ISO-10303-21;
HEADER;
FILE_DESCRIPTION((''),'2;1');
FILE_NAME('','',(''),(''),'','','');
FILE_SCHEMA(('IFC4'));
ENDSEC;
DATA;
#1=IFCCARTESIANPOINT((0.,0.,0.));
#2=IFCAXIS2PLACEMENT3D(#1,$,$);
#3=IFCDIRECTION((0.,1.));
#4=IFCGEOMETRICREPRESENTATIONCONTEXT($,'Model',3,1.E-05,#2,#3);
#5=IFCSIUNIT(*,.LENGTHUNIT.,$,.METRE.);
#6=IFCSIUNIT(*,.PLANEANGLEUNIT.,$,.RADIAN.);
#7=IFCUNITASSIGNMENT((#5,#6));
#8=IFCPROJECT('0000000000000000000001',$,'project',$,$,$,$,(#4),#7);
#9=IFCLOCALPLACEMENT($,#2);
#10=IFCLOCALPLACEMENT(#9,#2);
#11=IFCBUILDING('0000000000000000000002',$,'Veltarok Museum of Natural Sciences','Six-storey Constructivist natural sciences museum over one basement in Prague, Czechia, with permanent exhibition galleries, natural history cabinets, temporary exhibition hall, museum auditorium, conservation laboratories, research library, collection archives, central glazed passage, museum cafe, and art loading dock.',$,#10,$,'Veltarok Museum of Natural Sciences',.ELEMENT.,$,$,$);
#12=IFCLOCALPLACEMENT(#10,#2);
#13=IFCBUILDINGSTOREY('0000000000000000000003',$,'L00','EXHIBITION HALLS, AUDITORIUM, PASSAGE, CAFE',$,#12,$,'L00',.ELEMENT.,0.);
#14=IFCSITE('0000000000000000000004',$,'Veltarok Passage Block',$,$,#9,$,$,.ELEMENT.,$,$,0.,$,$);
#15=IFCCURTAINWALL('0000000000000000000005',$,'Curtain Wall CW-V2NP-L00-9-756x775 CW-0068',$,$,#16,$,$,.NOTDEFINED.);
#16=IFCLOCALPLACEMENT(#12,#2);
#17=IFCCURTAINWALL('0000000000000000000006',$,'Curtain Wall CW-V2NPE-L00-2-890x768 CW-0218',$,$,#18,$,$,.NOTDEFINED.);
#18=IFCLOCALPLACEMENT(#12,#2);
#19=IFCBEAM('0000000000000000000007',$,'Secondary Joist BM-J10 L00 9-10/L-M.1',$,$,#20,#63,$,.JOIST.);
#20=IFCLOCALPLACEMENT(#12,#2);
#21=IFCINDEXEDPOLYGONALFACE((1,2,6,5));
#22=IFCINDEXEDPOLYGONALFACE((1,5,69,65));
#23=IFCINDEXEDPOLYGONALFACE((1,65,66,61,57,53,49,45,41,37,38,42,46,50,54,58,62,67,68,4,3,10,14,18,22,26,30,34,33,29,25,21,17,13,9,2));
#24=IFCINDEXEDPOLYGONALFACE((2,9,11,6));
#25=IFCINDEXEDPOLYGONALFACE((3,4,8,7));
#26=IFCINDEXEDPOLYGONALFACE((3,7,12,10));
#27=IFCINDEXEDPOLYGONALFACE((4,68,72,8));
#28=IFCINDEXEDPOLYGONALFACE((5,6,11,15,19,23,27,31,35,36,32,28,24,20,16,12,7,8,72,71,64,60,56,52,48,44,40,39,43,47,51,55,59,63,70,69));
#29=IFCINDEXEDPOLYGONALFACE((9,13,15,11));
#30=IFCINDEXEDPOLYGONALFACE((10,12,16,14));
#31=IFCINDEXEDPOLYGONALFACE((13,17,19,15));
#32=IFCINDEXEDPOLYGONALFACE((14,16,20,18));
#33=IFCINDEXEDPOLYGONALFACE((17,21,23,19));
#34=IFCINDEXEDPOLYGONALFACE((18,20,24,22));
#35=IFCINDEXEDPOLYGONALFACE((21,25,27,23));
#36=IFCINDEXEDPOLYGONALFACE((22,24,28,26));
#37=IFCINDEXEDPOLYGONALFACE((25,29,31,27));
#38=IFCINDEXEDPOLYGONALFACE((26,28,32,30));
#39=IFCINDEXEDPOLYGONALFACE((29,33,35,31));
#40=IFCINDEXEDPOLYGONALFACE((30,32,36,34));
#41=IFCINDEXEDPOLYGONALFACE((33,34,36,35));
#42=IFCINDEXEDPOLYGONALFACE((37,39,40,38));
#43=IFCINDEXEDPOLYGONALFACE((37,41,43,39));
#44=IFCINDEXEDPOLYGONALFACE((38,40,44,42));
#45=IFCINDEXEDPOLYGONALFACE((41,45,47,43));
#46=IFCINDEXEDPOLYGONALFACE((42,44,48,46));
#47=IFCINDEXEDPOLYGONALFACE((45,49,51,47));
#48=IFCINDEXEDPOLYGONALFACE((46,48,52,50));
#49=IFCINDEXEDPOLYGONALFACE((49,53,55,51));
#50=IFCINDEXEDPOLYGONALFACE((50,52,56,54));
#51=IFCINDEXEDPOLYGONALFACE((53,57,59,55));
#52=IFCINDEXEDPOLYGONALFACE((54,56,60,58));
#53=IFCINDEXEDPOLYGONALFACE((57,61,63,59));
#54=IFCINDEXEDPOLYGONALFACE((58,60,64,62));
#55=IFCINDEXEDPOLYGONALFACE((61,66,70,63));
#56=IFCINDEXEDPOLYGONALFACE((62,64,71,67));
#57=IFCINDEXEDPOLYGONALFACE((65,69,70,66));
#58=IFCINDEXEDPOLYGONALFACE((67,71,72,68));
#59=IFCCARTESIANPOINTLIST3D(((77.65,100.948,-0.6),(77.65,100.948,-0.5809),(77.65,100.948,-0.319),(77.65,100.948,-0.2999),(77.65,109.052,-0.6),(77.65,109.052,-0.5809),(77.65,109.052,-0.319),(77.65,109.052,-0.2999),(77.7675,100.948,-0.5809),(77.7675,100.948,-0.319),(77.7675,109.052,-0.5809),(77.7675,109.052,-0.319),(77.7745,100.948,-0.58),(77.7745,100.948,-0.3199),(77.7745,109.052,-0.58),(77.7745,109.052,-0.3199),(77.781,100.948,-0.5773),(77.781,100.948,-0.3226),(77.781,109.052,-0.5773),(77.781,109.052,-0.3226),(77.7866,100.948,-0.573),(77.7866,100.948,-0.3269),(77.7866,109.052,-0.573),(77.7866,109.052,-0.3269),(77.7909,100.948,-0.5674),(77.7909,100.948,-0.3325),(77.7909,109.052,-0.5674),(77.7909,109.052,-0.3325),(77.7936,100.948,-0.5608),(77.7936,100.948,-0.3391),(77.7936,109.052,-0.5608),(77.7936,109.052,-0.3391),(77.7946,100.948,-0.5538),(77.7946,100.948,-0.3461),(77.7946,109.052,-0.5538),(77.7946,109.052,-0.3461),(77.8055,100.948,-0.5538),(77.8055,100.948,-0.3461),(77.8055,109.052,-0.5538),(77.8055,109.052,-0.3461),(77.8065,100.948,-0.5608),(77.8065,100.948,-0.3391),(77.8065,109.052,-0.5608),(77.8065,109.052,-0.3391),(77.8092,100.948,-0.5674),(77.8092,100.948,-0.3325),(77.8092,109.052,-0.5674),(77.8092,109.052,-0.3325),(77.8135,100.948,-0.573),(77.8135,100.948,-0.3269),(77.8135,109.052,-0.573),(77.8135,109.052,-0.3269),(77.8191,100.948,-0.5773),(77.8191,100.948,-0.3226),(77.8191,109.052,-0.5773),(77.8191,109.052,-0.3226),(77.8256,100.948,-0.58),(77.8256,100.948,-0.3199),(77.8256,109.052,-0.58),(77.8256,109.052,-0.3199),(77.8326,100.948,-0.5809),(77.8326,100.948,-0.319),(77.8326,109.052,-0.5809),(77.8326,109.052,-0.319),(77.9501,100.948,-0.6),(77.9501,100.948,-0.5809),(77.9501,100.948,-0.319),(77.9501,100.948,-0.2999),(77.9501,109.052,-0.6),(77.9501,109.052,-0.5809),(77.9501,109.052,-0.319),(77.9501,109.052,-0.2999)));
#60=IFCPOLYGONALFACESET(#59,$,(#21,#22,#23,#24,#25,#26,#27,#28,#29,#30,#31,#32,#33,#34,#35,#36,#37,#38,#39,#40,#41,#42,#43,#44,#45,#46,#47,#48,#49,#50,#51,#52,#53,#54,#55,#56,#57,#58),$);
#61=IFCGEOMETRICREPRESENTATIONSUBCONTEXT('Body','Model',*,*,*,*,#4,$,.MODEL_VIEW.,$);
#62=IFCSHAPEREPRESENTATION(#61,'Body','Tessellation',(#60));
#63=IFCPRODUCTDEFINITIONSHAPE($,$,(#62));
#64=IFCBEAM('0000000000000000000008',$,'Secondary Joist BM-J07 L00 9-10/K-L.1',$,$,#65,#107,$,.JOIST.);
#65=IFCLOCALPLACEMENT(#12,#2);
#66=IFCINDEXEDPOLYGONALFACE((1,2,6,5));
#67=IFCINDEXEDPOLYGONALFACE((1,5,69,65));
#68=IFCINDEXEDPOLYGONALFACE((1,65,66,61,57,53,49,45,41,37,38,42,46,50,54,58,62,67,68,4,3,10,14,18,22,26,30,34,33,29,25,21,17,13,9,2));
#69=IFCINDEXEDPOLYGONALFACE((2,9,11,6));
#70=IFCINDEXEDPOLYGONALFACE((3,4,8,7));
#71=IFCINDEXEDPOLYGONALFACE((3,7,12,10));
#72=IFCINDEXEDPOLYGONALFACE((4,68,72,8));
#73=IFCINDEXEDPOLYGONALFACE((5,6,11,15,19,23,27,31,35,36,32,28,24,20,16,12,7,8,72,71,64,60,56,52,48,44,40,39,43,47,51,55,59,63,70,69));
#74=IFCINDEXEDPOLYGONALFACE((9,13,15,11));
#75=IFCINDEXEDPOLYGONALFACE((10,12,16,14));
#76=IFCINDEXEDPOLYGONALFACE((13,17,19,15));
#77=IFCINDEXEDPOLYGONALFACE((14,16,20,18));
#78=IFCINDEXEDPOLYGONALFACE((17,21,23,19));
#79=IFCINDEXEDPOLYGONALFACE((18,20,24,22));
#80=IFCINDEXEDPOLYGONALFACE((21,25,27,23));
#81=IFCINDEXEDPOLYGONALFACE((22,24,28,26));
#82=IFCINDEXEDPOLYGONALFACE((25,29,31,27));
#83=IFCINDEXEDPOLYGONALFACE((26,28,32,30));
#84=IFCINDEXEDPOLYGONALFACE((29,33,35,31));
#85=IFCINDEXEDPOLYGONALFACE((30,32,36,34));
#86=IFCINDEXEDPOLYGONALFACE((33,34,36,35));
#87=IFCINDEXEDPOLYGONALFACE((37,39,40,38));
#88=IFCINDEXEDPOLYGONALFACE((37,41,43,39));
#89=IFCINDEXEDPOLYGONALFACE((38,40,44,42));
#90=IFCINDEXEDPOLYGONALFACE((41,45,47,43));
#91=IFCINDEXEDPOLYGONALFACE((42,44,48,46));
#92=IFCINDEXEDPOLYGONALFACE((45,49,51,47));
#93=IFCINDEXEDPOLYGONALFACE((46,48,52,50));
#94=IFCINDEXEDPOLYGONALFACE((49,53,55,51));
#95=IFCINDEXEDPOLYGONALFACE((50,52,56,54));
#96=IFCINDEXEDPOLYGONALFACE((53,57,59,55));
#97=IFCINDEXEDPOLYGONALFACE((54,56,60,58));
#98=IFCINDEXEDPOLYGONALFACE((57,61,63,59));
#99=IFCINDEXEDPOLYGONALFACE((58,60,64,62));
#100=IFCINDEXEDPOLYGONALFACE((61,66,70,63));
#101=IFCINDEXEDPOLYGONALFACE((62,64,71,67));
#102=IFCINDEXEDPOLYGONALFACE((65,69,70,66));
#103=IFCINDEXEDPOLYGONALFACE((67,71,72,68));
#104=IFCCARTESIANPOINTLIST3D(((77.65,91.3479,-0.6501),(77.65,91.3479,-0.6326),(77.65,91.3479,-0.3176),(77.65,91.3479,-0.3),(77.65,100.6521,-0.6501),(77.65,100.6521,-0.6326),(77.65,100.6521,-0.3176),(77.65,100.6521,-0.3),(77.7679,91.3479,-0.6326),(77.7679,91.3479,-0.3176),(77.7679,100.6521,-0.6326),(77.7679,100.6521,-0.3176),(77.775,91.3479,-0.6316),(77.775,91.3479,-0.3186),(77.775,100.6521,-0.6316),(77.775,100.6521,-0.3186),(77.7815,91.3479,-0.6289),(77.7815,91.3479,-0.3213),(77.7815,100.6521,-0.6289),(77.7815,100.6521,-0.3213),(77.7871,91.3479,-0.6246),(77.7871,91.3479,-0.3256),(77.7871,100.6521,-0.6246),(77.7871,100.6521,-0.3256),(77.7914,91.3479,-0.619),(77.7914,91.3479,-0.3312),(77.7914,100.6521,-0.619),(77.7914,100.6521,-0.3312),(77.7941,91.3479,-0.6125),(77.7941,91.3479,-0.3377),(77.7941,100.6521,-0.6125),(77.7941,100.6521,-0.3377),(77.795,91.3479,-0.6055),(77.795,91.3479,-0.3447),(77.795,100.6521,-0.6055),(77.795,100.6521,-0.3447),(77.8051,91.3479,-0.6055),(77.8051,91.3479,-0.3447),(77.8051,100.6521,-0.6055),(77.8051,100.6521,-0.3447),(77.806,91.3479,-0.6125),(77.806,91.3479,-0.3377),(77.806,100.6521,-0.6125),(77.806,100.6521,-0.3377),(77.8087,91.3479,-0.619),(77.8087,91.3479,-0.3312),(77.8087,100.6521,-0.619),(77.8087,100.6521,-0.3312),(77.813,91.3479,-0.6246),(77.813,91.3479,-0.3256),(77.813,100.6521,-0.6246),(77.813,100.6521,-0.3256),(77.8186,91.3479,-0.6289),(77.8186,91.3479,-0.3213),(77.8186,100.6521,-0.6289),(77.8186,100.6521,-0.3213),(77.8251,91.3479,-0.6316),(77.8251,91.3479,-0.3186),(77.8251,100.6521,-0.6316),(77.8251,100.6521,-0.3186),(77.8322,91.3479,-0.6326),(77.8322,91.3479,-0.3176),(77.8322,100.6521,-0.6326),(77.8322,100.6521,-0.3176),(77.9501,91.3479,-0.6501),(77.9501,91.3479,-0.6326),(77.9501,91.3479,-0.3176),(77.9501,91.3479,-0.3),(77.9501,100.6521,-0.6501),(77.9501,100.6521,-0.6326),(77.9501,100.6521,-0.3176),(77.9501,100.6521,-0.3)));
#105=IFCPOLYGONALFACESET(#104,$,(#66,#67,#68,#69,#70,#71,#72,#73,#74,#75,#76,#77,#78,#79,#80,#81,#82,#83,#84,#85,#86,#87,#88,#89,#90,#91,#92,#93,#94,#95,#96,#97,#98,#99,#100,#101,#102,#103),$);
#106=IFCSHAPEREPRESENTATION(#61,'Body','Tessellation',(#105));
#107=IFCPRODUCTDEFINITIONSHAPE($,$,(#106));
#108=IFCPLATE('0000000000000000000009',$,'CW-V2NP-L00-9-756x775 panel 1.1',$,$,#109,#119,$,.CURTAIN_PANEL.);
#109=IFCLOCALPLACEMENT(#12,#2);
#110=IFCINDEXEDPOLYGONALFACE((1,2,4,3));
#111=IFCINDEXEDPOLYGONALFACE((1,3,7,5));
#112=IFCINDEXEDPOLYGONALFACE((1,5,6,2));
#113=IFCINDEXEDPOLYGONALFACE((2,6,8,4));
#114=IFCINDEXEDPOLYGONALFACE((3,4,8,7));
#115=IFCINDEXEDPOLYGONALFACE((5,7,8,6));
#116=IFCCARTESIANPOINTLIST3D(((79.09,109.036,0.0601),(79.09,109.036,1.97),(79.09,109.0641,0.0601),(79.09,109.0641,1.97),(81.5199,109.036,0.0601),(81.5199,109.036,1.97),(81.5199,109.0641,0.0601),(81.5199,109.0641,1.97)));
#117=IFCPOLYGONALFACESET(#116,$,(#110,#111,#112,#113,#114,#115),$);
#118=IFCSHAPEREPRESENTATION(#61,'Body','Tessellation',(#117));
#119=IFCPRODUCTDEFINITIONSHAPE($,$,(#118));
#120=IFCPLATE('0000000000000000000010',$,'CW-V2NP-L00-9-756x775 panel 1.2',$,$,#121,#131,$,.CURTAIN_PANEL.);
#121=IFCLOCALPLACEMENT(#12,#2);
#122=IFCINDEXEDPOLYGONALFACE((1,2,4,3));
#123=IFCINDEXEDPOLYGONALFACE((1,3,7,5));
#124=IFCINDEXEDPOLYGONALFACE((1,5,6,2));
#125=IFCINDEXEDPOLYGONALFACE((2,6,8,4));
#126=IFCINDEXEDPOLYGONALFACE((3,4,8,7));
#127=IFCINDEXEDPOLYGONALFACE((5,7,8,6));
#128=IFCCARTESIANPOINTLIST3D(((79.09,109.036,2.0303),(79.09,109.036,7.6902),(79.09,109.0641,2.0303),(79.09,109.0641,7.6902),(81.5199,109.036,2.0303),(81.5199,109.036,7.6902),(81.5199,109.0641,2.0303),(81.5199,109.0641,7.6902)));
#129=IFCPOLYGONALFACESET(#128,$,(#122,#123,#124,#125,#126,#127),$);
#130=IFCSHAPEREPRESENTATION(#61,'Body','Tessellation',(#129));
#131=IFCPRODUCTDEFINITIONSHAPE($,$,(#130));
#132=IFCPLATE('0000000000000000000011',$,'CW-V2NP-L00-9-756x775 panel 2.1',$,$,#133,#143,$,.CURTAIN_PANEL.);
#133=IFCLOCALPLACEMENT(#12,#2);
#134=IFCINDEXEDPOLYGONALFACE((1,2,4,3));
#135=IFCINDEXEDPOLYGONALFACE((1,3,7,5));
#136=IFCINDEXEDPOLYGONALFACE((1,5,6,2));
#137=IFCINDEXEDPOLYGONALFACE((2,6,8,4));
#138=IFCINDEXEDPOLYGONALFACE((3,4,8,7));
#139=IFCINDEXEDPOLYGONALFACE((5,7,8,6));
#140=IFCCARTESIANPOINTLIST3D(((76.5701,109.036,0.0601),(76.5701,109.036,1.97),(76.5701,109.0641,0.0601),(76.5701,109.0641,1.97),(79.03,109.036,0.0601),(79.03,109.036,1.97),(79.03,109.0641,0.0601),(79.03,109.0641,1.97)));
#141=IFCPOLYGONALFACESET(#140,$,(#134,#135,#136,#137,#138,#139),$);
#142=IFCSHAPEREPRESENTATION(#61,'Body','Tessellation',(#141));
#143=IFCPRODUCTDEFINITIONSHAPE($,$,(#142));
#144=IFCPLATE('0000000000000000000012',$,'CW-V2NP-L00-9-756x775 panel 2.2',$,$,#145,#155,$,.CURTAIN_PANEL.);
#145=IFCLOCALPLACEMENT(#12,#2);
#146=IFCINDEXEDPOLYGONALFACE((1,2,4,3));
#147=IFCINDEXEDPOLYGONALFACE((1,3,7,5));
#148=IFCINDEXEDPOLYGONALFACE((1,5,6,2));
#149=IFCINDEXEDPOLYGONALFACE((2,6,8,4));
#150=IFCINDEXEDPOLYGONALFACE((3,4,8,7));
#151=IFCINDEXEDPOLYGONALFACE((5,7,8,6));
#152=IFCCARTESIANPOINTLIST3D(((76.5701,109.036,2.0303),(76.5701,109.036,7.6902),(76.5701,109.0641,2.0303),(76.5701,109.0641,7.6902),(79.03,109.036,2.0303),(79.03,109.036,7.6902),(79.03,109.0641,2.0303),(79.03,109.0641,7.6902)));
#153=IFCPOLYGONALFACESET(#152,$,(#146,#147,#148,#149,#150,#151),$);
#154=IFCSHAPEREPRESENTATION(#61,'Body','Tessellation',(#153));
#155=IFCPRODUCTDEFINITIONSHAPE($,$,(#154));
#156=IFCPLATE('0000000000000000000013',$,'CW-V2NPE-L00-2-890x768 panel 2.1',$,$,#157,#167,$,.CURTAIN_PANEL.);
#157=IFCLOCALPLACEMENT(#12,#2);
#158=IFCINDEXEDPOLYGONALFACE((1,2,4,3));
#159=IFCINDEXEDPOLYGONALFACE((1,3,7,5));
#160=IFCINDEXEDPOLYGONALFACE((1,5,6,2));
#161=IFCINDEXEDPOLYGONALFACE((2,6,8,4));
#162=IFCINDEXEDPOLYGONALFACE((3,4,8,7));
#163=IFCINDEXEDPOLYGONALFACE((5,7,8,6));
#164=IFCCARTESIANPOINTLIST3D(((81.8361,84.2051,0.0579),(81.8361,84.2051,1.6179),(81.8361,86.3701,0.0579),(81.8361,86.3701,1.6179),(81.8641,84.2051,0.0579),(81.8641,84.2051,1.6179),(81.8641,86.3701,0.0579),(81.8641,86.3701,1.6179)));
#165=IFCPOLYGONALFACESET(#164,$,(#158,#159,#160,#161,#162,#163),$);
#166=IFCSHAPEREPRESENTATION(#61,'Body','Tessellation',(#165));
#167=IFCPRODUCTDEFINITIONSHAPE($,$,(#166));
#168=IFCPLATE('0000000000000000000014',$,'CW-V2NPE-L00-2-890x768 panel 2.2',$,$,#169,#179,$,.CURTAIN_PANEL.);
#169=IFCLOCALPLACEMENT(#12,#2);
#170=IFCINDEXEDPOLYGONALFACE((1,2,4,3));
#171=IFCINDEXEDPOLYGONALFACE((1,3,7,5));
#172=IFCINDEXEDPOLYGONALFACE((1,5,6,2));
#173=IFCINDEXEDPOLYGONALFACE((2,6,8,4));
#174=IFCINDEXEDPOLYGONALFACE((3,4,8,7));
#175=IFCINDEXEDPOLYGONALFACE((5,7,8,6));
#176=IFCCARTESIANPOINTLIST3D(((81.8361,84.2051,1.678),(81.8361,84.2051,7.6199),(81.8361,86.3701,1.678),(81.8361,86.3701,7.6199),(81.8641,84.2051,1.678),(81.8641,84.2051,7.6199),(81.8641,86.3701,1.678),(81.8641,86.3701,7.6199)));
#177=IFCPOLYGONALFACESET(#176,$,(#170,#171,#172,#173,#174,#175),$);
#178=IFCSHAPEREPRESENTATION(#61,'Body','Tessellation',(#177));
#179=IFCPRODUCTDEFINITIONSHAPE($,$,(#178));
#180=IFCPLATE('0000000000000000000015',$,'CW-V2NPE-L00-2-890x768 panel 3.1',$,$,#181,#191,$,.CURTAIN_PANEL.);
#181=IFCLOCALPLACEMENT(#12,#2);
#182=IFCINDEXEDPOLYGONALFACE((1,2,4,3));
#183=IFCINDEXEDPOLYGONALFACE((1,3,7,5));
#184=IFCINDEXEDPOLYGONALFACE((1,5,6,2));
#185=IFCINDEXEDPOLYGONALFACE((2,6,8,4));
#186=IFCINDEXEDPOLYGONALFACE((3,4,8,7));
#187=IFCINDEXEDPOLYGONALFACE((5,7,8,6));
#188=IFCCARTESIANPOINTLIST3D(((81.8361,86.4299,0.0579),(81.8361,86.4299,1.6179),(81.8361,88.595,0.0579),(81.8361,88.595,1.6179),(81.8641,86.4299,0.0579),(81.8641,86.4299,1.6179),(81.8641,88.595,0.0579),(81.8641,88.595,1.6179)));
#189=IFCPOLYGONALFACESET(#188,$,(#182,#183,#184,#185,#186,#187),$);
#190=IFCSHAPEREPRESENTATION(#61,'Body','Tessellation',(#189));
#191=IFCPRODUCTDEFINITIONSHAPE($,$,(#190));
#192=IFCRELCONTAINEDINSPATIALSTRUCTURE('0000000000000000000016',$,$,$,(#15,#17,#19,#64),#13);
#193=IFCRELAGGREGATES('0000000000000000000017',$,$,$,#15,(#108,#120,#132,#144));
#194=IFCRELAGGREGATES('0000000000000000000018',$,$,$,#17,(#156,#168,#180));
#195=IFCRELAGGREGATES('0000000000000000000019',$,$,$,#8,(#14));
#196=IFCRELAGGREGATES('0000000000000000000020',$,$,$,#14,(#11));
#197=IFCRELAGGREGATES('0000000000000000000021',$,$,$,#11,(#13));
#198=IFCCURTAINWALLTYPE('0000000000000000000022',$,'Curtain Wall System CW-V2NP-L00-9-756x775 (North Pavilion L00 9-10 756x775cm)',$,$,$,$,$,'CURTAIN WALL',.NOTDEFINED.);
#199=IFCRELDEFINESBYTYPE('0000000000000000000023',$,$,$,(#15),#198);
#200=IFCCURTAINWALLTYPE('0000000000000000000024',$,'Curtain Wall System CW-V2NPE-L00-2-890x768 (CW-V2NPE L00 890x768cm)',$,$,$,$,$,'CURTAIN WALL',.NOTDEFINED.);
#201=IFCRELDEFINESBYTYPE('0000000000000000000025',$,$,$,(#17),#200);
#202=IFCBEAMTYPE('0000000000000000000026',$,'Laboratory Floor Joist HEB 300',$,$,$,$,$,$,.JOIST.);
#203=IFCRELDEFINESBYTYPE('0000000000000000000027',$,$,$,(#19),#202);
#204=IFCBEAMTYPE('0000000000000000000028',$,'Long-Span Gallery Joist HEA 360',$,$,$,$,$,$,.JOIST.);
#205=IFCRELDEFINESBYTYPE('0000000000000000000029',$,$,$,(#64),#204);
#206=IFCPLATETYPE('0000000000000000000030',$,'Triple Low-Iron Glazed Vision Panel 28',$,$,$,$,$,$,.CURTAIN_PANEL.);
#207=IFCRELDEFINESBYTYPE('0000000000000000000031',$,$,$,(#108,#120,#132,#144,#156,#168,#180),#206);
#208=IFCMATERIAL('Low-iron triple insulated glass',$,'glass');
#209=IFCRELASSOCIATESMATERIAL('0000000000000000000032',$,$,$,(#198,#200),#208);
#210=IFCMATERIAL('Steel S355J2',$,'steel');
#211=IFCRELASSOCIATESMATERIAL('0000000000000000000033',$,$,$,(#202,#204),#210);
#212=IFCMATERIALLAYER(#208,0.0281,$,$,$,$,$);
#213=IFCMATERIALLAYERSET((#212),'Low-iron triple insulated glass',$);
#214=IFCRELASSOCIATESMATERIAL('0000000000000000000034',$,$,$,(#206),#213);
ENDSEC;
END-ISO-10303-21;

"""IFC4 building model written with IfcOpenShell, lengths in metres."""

from ifc_helpers import new_model, si_unit, direction, frame, origin, origin_2d, place, context, subcontext, project, spatial, rectangle, i_section, extrude, material, layer, layer_set, material_profile, profile_set, type_object, element, aggregate, save


model = new_model("IFC4")

# Units and contexts
model_context = context("Model", 3, precision=1e-05, world=origin(), true_north=direction((0.0, 1.0)))
body_context = subcontext(model_context, "Body", "Model", "MODEL_VIEW")
ifc_project = project(units=[si_unit("LENGTHUNIT", "METRE"), si_unit("PLANEANGLEUNIT", "RADIAN")], contexts=[model_context])

# Site, building, storey
site_placement = place(None, origin())
site = spatial("IfcSite", under=ifc_project, at=site_placement, Name="Veltarok Passage Block", CompositionType="ELEMENT", RefElevation=0.0)
building_placement = place(site_placement, origin())
building = spatial("IfcBuilding", under=site, at=building_placement, Name="Veltarok Museum of Natural Sciences", Description="Six-storey Constructivist natural sciences museum over one basement in Prague, Czechia, with permanent exhibition galleries, natural history cabinets, temporary exhibition hall, museum auditorium, conservation laboratories, research library, collection archives, central glazed passage, museum cafe, and art loading dock.", LongName="Veltarok Museum of Natural Sciences", CompositionType="ELEMENT")
storey_placement = place(building_placement, origin())
storey = spatial("IfcBuildingStorey", under=building, at=storey_placement, Name="L00", Description="EXHIBITION HALLS, AUDITORIUM, PASSAGE, CAFE", LongName="L00", CompositionType="ELEMENT", Elevation=0.0)

# Curtain walls
ifc_material_1 = material(Name="Low-iron triple insulated glass", Category="glass")
curtain_wall_type_1 = type_object("IfcCurtainWallType", Name="Curtain Wall System CW-V2NP-L00-9-756x775 (North Pavilion L00 9-10 756x775cm)", ElementType="CURTAIN WALL", PredefinedType="NOTDEFINED", material=ifc_material_1)
curtain_wall_1_placement = place(storey_placement, origin())
curtain_wall_1 = element("IfcCurtainWall", 1, at=curtain_wall_1_placement, inside=storey, type_object=curtain_wall_type_1, Name="Curtain Wall CW-V2NP-L00-9-756x775 CW-0068", PredefinedType="NOTDEFINED")
curtain_wall_type_2 = type_object("IfcCurtainWallType", Name="Curtain Wall System CW-V2NPE-L00-2-890x768 (CW-V2NPE L00 890x768cm)", ElementType="CURTAIN WALL", PredefinedType="NOTDEFINED", material=ifc_material_1)
curtain_wall_2_placement = place(storey_placement, origin())
curtain_wall_2 = element("IfcCurtainWall", 2, at=curtain_wall_2_placement, inside=storey, type_object=curtain_wall_type_2, Name="Curtain Wall CW-V2NPE-L00-2-890x768 CW-0218", PredefinedType="NOTDEFINED")

# Beams
ifc_material_2 = material(Name="Steel S355J2", Category="steel")
ifc_material_profile_1 = material_profile(ifc_material_2, i_section(OverallWidth=0.3, OverallDepth=0.3, WebThickness=0.011, FlangeThickness=0.019, FilletRadius=0.0271, at=origin_2d()), Name="HEB 300")
ifc_profile_set_1 = profile_set([ifc_material_profile_1], Name="Steel S355J2")
beam_type_1 = type_object("IfcBeamType", Name="Laboratory Floor Joist HEB 300", PredefinedType="JOIST", material=ifc_profile_set_1)
beam_1_placement = place(storey_placement, frame((77.8, 100.948, -0.45), z_axis=(0.0, 1.0, 0.0), x_axis=(-1.0, 0.0, 0.0)))
element("IfcBeam", 3, at=beam_1_placement, inside=storey, type_object=beam_type_1, Name="Secondary Joist BM-J10 L00 9-10/L-M.1", PredefinedType="JOIST", context=body_context, shape_type="SweptSolid", body=[
    extrude(i_section(OverallWidth=0.3, OverallDepth=0.3, WebThickness=0.011, FlangeThickness=0.019, FilletRadius=0.0271, at=origin_2d()), origin(), (0.0, 0.0, 1.0), 8.104),
])
ifc_material_profile_2 = material_profile(ifc_material_2, i_section(OverallWidth=0.3, OverallDepth=0.3501, WebThickness=0.01, FlangeThickness=0.0176, FilletRadius=0.0271, at=origin_2d()), Name="HEA 360")
ifc_profile_set_2 = profile_set([ifc_material_profile_2], Name="Steel S355J2")
beam_type_2 = type_object("IfcBeamType", Name="Long-Span Gallery Joist HEA 360", PredefinedType="JOIST", material=ifc_profile_set_2)
beam_2_placement = place(storey_placement, frame((77.8, 91.3479, -0.4751), z_axis=(0.0, 1.0, 0.0), x_axis=(-1.0, 0.0, 0.0)))
element("IfcBeam", 4, at=beam_2_placement, inside=storey, type_object=beam_type_2, Name="Secondary Joist BM-J07 L00 9-10/K-L.1", PredefinedType="JOIST", context=body_context, shape_type="SweptSolid", body=[
    extrude(i_section(OverallWidth=0.3, OverallDepth=0.3501, WebThickness=0.01, FlangeThickness=0.0176, FilletRadius=0.0271, at=origin_2d()), origin(), (0.0, 0.0, 1.0), 9.3042),
])

# Plates
ifc_layer_1 = layer(ifc_material_1, 0.0281)
ifc_layer_set_1 = layer_set([ifc_layer_1], Name="Low-iron triple insulated glass")
plate_type = type_object("IfcPlateType", Name="Triple Low-Iron Glazed Vision Panel 28", PredefinedType="CURTAIN_PANEL", material=ifc_layer_set_1)
plate_1_placement = place(storey_placement, frame((80.3049, 109.05, 0.0601), z_axis=(0.0, 0.0, 1.0), x_axis=(-1.0, 0.0, 0.0)))
plate_1 = element("IfcPlate", 5, at=plate_1_placement, type_object=plate_type, Name="CW-V2NP-L00-9-756x775 panel 1.1", PredefinedType="CURTAIN_PANEL", context=body_context, shape_type="SweptSolid", body=[
    extrude(rectangle(XDim=2.4299, YDim=0.0281, at=origin_2d()), origin(), (0.0, 0.0, 1.0), 1.9099),
])
plate_2_placement = place(storey_placement, frame((80.3049, 109.05, 2.0303), z_axis=(0.0, 0.0, 1.0), x_axis=(-1.0, 0.0, 0.0)))
plate_2 = element("IfcPlate", 6, at=plate_2_placement, type_object=plate_type, Name="CW-V2NP-L00-9-756x775 panel 1.2", PredefinedType="CURTAIN_PANEL", context=body_context, shape_type="SweptSolid", body=[
    extrude(rectangle(XDim=2.4299, YDim=0.0281, at=origin_2d()), origin(), (0.0, 0.0, 1.0), 5.6599),
])
plate_3_placement = place(storey_placement, frame((77.8, 109.05, 0.0601), z_axis=(0.0, 0.0, 1.0), x_axis=(-1.0, 0.0, 0.0)))
plate_3 = element("IfcPlate", 7, at=plate_3_placement, type_object=plate_type, Name="CW-V2NP-L00-9-756x775 panel 2.1", PredefinedType="CURTAIN_PANEL", context=body_context, shape_type="SweptSolid", body=[
    extrude(rectangle(XDim=2.46, YDim=0.0281, at=origin_2d()), origin(), (0.0, 0.0, 1.0), 1.9099),
])
plate_4_placement = place(storey_placement, frame((77.8, 109.05, 2.0303), z_axis=(0.0, 0.0, 1.0), x_axis=(-1.0, 0.0, 0.0)))
plate_4 = element("IfcPlate", 8, at=plate_4_placement, type_object=plate_type, Name="CW-V2NP-L00-9-756x775 panel 2.2", PredefinedType="CURTAIN_PANEL", context=body_context, shape_type="SweptSolid", body=[
    extrude(rectangle(XDim=2.46, YDim=0.0281, at=origin_2d()), origin(), (0.0, 0.0, 1.0), 5.6599),
])
aggregate(curtain_wall_1, [plate_1, plate_2, plate_3, plate_4])
plate_5_placement = place(storey_placement, frame((81.8501, 85.2876, 0.0579), z_axis=(0.0, 0.0, 1.0), x_axis=(0.0, 1.0, 0.0)))
plate_5 = element("IfcPlate", 9, at=plate_5_placement, type_object=plate_type, Name="CW-V2NPE-L00-2-890x768 panel 2.1", PredefinedType="CURTAIN_PANEL", context=body_context, shape_type="SweptSolid", body=[
    extrude(rectangle(XDim=2.165, YDim=0.0281, at=origin_2d()), origin(), (0.0, 0.0, 1.0), 1.5601),
])
plate_6_placement = place(storey_placement, frame((81.8501, 85.2876, 1.678), z_axis=(0.0, 0.0, 1.0), x_axis=(0.0, 1.0, 0.0)))
plate_6 = element("IfcPlate", 10, at=plate_6_placement, type_object=plate_type, Name="CW-V2NPE-L00-2-890x768 panel 2.2", PredefinedType="CURTAIN_PANEL", context=body_context, shape_type="SweptSolid", body=[
    extrude(rectangle(XDim=2.165, YDim=0.0281, at=origin_2d()), origin(), (0.0, 0.0, 1.0), 5.9419),
])
plate_7_placement = place(storey_placement, frame((81.8501, 87.5125, 0.0579), z_axis=(0.0, 0.0, 1.0), x_axis=(0.0, 1.0, 0.0)))
plate_7 = element("IfcPlate", 11, at=plate_7_placement, type_object=plate_type, Name="CW-V2NPE-L00-2-890x768 panel 3.1", PredefinedType="CURTAIN_PANEL", context=body_context, shape_type="SweptSolid", body=[
    extrude(rectangle(XDim=2.165, YDim=0.0281, at=origin_2d()), origin(), (0.0, 0.0, 1.0), 1.5601),
])
aggregate(curtain_wall_2, [plate_5, plate_6, plate_7])

save(model, "model.ifc")
